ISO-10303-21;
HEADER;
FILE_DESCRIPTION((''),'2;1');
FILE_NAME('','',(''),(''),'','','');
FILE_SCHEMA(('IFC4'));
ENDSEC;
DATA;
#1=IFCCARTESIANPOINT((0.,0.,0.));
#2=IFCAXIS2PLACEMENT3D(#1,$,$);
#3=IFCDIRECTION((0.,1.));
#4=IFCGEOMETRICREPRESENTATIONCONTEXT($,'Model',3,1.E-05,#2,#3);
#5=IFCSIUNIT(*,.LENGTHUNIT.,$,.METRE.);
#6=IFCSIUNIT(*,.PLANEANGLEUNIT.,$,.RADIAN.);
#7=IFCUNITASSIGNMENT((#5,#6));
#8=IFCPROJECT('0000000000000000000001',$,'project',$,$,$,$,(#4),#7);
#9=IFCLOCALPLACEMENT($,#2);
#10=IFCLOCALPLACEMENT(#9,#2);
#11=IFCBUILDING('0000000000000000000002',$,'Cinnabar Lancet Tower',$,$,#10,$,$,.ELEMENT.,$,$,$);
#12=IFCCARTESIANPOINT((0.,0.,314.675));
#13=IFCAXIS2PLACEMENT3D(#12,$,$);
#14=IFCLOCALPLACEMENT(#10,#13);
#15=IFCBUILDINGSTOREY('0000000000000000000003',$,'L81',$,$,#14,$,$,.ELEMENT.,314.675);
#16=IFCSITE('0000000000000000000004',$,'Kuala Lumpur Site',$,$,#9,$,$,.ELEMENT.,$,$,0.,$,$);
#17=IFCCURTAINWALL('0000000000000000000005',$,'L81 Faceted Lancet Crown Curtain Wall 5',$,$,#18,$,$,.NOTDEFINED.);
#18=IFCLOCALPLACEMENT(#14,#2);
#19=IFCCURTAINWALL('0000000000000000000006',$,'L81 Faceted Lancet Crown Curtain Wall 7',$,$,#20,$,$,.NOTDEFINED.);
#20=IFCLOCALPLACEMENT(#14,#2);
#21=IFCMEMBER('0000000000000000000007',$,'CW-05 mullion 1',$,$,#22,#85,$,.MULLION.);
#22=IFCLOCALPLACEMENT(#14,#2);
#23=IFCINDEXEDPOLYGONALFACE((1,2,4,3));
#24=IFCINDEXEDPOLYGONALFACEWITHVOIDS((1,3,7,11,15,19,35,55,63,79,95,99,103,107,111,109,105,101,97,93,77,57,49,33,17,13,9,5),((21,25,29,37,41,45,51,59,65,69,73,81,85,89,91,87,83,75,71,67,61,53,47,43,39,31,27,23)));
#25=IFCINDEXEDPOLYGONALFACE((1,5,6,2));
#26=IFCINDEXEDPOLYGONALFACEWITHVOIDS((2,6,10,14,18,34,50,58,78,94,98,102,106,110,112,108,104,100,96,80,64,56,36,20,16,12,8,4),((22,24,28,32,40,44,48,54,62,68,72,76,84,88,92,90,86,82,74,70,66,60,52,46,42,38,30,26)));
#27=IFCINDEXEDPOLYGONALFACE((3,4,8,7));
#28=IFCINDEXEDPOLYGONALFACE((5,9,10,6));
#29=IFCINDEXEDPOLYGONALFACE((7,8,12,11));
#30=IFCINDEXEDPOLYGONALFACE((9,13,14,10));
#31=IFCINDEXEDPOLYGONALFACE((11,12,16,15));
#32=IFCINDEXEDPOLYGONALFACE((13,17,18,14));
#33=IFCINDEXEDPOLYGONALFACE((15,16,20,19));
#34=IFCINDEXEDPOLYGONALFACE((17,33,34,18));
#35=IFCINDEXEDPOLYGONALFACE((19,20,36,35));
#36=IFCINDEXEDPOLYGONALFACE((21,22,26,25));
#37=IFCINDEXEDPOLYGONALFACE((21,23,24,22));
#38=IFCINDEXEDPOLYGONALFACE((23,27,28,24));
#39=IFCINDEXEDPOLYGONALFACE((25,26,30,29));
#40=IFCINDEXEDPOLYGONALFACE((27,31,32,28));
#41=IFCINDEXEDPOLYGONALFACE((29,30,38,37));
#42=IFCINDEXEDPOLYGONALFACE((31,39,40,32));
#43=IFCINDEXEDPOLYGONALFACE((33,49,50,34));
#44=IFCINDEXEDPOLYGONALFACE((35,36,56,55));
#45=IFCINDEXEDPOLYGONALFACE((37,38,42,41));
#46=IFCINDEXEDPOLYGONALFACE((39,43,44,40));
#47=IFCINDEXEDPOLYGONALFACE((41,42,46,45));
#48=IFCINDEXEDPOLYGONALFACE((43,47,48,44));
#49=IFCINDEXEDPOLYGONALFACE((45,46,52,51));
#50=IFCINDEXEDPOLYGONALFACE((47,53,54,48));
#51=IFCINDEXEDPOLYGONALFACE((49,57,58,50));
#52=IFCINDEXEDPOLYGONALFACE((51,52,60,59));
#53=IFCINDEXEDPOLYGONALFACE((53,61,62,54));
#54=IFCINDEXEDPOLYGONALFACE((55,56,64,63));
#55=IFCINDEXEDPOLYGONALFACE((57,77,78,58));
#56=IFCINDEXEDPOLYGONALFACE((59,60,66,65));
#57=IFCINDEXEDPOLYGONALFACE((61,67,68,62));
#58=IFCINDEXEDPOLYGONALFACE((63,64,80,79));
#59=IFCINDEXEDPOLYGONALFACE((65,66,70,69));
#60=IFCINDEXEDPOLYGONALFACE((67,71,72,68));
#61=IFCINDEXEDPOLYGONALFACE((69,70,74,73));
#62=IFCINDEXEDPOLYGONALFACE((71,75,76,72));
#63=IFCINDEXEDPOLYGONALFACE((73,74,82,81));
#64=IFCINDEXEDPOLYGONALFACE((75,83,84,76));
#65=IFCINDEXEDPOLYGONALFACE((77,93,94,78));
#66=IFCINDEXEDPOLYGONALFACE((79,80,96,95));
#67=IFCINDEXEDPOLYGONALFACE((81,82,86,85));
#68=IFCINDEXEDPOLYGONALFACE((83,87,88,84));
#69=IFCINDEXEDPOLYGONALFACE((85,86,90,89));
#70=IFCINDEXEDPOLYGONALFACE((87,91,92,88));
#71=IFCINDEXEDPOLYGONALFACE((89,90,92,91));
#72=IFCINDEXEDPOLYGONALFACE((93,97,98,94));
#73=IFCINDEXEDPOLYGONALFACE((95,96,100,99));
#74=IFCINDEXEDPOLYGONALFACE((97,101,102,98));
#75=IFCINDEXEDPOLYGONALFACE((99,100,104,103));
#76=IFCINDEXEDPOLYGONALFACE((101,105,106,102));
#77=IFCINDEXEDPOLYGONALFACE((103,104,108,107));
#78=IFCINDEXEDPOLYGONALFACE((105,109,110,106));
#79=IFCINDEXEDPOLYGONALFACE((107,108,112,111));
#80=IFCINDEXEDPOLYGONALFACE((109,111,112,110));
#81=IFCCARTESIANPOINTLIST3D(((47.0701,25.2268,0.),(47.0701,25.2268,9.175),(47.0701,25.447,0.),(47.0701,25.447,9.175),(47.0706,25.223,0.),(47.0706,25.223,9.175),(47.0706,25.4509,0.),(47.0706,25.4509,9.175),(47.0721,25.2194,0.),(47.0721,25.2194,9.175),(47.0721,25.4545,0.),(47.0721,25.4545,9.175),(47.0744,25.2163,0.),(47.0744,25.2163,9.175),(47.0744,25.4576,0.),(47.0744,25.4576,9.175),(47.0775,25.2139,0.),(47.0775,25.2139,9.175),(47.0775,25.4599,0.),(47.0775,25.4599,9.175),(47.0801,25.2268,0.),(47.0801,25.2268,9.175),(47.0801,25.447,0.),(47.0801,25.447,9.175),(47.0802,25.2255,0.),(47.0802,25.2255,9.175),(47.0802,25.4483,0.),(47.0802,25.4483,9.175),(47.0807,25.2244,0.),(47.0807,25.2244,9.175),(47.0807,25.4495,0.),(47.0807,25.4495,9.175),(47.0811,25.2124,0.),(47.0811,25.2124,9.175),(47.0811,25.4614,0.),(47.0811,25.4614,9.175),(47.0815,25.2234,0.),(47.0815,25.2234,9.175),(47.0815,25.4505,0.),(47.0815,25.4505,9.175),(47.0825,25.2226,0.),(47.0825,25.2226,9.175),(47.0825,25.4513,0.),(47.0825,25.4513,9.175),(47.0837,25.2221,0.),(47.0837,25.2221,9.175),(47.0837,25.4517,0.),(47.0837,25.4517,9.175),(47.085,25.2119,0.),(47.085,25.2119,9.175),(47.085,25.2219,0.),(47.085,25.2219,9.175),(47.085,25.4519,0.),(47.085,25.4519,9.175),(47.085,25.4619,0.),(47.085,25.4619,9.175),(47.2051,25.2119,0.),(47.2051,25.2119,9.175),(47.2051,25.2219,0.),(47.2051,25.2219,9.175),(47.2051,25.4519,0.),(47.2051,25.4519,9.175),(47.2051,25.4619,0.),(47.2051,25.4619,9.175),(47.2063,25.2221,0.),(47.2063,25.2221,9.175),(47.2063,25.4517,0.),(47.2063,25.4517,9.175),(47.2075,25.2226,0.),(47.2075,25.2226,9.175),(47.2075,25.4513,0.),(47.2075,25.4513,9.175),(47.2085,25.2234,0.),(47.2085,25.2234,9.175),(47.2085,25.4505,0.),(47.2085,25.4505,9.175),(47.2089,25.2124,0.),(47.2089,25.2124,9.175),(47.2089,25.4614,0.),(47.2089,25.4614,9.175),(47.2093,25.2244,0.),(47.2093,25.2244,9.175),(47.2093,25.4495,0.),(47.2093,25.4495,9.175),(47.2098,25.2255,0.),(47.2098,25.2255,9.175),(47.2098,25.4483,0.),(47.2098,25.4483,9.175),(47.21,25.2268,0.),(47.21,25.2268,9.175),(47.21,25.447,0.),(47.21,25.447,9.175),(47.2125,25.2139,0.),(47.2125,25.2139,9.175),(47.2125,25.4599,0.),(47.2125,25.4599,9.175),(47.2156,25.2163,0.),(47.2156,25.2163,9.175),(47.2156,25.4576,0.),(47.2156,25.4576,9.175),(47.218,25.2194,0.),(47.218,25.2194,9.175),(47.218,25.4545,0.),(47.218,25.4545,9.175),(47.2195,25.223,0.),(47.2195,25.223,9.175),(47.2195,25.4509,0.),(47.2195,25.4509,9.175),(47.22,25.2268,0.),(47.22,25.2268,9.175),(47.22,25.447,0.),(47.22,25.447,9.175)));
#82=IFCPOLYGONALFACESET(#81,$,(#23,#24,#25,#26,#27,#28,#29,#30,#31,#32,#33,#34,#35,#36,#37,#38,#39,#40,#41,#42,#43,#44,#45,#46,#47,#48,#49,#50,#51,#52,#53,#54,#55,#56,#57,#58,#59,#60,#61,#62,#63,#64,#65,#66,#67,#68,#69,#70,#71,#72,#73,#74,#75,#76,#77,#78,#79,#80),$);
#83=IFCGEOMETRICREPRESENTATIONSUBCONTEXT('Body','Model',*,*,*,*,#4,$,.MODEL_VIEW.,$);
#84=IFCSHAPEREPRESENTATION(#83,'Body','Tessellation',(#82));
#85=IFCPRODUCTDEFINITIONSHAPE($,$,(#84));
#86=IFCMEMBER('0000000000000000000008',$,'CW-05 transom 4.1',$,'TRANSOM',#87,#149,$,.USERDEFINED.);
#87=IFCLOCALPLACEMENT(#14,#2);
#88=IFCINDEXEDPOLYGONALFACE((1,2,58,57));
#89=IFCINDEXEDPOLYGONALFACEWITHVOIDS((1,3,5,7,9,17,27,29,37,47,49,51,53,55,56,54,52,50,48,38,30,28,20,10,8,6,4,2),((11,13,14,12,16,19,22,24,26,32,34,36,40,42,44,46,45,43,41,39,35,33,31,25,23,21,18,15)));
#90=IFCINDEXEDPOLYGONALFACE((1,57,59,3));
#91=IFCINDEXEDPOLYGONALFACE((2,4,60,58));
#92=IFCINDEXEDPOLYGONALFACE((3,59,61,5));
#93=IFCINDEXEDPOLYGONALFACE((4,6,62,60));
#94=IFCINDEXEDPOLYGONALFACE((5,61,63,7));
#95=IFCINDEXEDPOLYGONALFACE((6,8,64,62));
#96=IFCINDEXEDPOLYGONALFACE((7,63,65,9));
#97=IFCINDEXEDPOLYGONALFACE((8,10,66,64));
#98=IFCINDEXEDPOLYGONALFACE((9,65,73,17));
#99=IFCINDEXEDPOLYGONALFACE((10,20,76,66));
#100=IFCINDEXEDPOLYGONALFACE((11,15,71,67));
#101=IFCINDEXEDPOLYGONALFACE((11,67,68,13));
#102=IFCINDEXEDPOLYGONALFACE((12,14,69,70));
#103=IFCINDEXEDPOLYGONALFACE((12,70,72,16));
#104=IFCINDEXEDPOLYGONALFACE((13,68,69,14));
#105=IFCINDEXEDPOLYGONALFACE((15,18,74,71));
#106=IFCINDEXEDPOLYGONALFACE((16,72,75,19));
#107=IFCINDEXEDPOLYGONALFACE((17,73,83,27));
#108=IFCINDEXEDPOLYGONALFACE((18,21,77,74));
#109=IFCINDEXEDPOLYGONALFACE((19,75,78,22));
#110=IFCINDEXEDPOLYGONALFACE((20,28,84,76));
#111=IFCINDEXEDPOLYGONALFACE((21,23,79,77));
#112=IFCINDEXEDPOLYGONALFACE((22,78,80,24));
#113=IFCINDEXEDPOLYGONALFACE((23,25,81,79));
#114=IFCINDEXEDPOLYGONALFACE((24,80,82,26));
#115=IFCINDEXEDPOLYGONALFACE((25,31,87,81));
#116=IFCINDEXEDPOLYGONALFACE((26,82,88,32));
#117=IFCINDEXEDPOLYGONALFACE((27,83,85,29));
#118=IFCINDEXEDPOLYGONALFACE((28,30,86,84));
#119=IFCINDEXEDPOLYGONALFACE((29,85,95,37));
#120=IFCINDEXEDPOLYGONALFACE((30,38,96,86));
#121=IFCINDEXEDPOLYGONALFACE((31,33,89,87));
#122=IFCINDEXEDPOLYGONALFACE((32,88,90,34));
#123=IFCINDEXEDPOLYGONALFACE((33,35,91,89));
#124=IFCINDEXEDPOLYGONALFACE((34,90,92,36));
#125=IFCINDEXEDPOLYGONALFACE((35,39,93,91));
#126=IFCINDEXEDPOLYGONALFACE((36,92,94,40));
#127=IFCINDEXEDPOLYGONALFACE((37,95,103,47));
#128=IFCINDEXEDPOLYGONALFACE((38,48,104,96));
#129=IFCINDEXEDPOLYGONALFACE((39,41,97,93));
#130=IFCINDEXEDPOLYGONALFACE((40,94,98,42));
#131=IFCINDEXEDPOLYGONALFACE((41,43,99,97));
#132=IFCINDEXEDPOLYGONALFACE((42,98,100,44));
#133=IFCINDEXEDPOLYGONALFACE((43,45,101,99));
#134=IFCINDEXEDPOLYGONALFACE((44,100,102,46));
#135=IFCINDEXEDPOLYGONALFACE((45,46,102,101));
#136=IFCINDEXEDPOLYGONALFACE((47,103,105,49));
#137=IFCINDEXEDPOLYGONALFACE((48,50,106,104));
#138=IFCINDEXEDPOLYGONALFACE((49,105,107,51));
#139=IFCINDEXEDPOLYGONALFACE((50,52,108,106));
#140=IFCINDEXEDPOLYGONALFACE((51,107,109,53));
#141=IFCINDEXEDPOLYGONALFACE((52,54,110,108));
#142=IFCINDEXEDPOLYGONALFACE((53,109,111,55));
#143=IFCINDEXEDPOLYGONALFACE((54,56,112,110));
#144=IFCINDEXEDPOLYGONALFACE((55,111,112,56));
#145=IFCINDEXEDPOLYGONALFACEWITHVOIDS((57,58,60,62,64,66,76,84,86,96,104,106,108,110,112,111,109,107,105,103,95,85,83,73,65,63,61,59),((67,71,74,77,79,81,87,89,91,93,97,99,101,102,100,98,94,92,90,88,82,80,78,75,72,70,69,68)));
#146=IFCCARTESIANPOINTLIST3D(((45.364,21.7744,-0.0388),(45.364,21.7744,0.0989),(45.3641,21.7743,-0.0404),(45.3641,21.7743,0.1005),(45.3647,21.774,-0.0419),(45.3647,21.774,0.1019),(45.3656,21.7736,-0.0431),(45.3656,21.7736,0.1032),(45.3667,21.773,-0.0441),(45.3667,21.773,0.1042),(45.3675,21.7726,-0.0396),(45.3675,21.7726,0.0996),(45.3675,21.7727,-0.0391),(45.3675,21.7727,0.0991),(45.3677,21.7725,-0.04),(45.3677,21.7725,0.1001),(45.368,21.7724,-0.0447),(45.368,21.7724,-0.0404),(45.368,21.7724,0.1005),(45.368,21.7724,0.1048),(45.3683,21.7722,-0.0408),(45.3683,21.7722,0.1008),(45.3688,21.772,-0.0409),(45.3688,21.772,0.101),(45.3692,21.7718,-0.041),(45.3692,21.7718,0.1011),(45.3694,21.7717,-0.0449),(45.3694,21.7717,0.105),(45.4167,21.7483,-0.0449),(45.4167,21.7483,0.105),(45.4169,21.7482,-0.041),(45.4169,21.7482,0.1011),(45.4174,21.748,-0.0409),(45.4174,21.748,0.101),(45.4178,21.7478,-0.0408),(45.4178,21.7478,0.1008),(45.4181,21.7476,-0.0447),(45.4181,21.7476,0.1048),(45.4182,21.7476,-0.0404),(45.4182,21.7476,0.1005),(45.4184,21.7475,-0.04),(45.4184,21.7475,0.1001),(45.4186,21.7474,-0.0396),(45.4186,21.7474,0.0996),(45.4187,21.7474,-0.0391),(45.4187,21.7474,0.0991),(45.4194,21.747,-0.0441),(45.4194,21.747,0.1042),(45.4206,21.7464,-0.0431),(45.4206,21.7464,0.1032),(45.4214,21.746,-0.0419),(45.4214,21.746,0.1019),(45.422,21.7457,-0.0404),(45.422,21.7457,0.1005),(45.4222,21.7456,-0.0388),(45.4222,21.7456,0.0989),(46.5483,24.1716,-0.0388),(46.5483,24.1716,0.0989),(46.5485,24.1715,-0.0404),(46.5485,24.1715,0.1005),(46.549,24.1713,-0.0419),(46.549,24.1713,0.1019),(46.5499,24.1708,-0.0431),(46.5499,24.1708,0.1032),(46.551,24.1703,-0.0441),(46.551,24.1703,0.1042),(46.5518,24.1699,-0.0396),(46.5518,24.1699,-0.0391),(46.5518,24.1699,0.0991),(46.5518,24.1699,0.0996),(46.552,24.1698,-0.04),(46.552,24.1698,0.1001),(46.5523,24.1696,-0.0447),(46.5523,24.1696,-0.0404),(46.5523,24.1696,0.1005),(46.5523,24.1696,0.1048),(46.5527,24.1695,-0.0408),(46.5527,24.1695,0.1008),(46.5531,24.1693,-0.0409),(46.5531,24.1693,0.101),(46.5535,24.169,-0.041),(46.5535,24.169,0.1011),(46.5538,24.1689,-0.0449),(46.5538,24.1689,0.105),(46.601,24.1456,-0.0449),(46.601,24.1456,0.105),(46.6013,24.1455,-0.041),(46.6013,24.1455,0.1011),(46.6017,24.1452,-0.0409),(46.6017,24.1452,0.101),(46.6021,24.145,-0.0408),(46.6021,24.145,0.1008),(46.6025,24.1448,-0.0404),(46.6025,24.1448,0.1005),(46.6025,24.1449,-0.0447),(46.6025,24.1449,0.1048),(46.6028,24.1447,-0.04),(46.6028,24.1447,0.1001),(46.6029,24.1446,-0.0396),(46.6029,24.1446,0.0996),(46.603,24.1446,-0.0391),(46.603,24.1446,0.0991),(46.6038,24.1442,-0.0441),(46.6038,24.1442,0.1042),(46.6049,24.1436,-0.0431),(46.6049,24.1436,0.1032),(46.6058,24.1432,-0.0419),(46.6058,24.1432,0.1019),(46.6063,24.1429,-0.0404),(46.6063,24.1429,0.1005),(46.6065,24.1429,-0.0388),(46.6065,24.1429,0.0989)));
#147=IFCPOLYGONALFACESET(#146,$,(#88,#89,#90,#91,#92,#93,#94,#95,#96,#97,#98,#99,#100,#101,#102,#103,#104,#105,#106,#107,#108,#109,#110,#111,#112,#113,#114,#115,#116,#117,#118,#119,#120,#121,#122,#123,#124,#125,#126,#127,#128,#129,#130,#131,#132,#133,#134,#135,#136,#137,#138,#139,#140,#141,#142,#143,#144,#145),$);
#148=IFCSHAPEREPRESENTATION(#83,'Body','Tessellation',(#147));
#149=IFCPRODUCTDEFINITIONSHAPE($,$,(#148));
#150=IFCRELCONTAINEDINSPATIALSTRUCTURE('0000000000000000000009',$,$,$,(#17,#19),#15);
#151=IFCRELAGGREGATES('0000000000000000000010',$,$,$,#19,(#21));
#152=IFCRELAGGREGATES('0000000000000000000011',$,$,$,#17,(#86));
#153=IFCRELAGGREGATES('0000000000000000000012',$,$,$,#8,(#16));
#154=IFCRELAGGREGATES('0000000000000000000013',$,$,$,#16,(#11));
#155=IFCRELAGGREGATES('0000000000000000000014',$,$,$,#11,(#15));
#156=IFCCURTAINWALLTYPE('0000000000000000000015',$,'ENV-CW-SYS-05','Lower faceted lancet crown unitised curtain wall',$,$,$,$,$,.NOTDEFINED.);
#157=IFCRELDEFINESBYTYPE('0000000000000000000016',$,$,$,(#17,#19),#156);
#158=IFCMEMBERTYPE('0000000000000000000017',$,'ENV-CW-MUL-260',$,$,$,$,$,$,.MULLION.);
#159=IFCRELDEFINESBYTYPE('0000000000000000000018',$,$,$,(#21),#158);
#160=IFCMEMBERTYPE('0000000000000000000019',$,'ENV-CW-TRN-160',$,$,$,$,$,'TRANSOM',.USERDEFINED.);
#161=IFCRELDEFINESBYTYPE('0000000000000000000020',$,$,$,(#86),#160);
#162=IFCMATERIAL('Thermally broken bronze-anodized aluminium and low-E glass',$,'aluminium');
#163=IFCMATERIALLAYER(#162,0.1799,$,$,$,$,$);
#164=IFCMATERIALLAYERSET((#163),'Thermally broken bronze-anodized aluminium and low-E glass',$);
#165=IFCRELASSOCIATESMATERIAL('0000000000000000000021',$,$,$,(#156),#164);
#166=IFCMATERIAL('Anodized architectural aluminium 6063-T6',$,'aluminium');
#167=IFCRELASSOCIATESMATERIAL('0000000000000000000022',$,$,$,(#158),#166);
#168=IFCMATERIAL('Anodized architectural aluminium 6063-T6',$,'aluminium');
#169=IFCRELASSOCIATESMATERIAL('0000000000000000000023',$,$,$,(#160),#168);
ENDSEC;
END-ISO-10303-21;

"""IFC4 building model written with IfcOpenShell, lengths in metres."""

from ifc_helpers import new_model, si_unit, direction, frame, origin, origin_2d, place, context, subcontext, project, spatial, hollow_rectangle, extrude, material, layer, layer_set, material_profile, profile_set, type_object, element, aggregate, save


model = new_model("IFC4")

# Units and contexts
model_context = context("Model", 3, precision=1e-05, world=origin(), true_north=direction((0.0, 1.0)))
body_context = subcontext(model_context, "Body", "Model", "MODEL_VIEW")
ifc_project = project(units=[si_unit("LENGTHUNIT", "METRE"), si_unit("PLANEANGLEUNIT", "RADIAN")], contexts=[model_context])

# Site, building, storey
site_placement = place(None, origin())
site = spatial("IfcSite", under=ifc_project, at=site_placement, Name="Kuala Lumpur Site", CompositionType="ELEMENT", RefElevation=0.0)
building_placement = place(site_placement, origin())
building = spatial("IfcBuilding", under=site, at=building_placement, Name="Cinnabar Lancet Tower", CompositionType="ELEMENT")
storey_placement = place(building_placement, frame((0.0, 0.0, 314.675)))
storey = spatial("IfcBuildingStorey", under=building, at=storey_placement, Name="L81", CompositionType="ELEMENT", Elevation=314.675)

# Curtain wall
ifc_material_1 = material(Name="Thermally broken bronze-anodized aluminium and low-E glass", Category="aluminium")
ifc_layer_1 = layer(ifc_material_1, 0.1799)
ifc_layer_set_1 = layer_set([ifc_layer_1], Name="Thermally broken bronze-anodized aluminium and low-E glass")
curtain_wall_type = type_object("IfcCurtainWallType", Name="ENV-CW-SYS-05", Description="Lower faceted lancet crown unitised curtain wall", PredefinedType="NOTDEFINED", material=ifc_layer_set_1)
curtain_wall_1_placement = place(storey_placement, origin())
curtain_wall_1 = element("IfcCurtainWall", 1, at=curtain_wall_1_placement, inside=storey, type_object=curtain_wall_type, Name="L81 Faceted Lancet Crown Curtain Wall 5", PredefinedType="NOTDEFINED")
ifc_material_2 = material(Name="Anodized architectural aluminium 6063-T6", Category="aluminium")
ifc_material_profile_1 = material_profile(ifc_material_2, hollow_rectangle(XDim=0.1499, YDim=0.25, WallThickness=0.01, InnerFilletRadius=0.0049, OuterFilletRadius=0.0149, at=origin_2d()), Name="RHS 250x150x10")
ifc_profile_set_1 = profile_set([ifc_material_profile_1], Name="Anodized architectural aluminium 6063-T6")
member_type_1 = type_object("IfcMemberType", Name="ENV-CW-MUL-260", PredefinedType="MULLION", material=ifc_profile_set_1)

# Curtain wall, member
curtain_wall_2_placement = place(storey_placement, origin())
curtain_wall_2 = element("IfcCurtainWall", 2, at=curtain_wall_2_placement, inside=storey, type_object=curtain_wall_type, Name="L81 Faceted Lancet Crown Curtain Wall 7", PredefinedType="NOTDEFINED")
member_1_placement = place(storey_placement, frame((47.145, 25.3369, 0.0), z_axis=(0.0, 0.0, 1.0), x_axis=(-1.0, 0.0, 0.0)))
member_1 = element("IfcMember", 3, at=member_1_placement, type_object=member_type_1, Name="CW-05 mullion 1", PredefinedType="MULLION", context=body_context, shape_type="SweptSolid", body=[
    extrude(hollow_rectangle(XDim=0.1499, YDim=0.25, WallThickness=0.01, InnerFilletRadius=0.0049, OuterFilletRadius=0.0149, at=origin_2d()), origin(), (0.0, 0.0, 1.0), 9.175),
])

# Member
ifc_material_3 = material(Name="Anodized architectural aluminium 6063-T6", Category="aluminium")
ifc_material_profile_2 = material_profile(ifc_material_3, hollow_rectangle(XDim=0.0649, YDim=0.1499, WallThickness=0.0039, InnerFilletRadius=0.002, OuterFilletRadius=0.0061, at=origin_2d()), Name="CW-TRN 150x65x4")
ifc_profile_set_2 = profile_set([ifc_material_profile_2], Name="Anodized architectural aluminium 6063-T6")
member_type_2 = type_object("IfcMemberType", Name="ENV-CW-TRN-160", ElementType="TRANSOM", PredefinedType="USERDEFINED", material=ifc_profile_set_2)
member_2_placement = place(storey_placement, frame((45.3931, 21.76, 0.03), z_axis=(0.442935, 0.896554, 0.0), x_axis=(-0.896554, 0.442935, 0.0)))
member_2 = element("IfcMember", 4, at=member_2_placement, type_object=member_type_2, Name="CW-05 transom 4.1", ObjectType="TRANSOM", PredefinedType="USERDEFINED", context=body_context, shape_type="SweptSolid", body=[
    extrude(hollow_rectangle(XDim=0.0649, YDim=0.1499, WallThickness=0.0039, InnerFilletRadius=0.002, OuterFilletRadius=0.0061, at=origin_2d()), origin(), (0.0, 0.0, 1.0), 2.6738),
])
aggregate(curtain_wall_2, [member_1])

aggregate(curtain_wall_1, [member_2])

save(model, "model.ifc")
